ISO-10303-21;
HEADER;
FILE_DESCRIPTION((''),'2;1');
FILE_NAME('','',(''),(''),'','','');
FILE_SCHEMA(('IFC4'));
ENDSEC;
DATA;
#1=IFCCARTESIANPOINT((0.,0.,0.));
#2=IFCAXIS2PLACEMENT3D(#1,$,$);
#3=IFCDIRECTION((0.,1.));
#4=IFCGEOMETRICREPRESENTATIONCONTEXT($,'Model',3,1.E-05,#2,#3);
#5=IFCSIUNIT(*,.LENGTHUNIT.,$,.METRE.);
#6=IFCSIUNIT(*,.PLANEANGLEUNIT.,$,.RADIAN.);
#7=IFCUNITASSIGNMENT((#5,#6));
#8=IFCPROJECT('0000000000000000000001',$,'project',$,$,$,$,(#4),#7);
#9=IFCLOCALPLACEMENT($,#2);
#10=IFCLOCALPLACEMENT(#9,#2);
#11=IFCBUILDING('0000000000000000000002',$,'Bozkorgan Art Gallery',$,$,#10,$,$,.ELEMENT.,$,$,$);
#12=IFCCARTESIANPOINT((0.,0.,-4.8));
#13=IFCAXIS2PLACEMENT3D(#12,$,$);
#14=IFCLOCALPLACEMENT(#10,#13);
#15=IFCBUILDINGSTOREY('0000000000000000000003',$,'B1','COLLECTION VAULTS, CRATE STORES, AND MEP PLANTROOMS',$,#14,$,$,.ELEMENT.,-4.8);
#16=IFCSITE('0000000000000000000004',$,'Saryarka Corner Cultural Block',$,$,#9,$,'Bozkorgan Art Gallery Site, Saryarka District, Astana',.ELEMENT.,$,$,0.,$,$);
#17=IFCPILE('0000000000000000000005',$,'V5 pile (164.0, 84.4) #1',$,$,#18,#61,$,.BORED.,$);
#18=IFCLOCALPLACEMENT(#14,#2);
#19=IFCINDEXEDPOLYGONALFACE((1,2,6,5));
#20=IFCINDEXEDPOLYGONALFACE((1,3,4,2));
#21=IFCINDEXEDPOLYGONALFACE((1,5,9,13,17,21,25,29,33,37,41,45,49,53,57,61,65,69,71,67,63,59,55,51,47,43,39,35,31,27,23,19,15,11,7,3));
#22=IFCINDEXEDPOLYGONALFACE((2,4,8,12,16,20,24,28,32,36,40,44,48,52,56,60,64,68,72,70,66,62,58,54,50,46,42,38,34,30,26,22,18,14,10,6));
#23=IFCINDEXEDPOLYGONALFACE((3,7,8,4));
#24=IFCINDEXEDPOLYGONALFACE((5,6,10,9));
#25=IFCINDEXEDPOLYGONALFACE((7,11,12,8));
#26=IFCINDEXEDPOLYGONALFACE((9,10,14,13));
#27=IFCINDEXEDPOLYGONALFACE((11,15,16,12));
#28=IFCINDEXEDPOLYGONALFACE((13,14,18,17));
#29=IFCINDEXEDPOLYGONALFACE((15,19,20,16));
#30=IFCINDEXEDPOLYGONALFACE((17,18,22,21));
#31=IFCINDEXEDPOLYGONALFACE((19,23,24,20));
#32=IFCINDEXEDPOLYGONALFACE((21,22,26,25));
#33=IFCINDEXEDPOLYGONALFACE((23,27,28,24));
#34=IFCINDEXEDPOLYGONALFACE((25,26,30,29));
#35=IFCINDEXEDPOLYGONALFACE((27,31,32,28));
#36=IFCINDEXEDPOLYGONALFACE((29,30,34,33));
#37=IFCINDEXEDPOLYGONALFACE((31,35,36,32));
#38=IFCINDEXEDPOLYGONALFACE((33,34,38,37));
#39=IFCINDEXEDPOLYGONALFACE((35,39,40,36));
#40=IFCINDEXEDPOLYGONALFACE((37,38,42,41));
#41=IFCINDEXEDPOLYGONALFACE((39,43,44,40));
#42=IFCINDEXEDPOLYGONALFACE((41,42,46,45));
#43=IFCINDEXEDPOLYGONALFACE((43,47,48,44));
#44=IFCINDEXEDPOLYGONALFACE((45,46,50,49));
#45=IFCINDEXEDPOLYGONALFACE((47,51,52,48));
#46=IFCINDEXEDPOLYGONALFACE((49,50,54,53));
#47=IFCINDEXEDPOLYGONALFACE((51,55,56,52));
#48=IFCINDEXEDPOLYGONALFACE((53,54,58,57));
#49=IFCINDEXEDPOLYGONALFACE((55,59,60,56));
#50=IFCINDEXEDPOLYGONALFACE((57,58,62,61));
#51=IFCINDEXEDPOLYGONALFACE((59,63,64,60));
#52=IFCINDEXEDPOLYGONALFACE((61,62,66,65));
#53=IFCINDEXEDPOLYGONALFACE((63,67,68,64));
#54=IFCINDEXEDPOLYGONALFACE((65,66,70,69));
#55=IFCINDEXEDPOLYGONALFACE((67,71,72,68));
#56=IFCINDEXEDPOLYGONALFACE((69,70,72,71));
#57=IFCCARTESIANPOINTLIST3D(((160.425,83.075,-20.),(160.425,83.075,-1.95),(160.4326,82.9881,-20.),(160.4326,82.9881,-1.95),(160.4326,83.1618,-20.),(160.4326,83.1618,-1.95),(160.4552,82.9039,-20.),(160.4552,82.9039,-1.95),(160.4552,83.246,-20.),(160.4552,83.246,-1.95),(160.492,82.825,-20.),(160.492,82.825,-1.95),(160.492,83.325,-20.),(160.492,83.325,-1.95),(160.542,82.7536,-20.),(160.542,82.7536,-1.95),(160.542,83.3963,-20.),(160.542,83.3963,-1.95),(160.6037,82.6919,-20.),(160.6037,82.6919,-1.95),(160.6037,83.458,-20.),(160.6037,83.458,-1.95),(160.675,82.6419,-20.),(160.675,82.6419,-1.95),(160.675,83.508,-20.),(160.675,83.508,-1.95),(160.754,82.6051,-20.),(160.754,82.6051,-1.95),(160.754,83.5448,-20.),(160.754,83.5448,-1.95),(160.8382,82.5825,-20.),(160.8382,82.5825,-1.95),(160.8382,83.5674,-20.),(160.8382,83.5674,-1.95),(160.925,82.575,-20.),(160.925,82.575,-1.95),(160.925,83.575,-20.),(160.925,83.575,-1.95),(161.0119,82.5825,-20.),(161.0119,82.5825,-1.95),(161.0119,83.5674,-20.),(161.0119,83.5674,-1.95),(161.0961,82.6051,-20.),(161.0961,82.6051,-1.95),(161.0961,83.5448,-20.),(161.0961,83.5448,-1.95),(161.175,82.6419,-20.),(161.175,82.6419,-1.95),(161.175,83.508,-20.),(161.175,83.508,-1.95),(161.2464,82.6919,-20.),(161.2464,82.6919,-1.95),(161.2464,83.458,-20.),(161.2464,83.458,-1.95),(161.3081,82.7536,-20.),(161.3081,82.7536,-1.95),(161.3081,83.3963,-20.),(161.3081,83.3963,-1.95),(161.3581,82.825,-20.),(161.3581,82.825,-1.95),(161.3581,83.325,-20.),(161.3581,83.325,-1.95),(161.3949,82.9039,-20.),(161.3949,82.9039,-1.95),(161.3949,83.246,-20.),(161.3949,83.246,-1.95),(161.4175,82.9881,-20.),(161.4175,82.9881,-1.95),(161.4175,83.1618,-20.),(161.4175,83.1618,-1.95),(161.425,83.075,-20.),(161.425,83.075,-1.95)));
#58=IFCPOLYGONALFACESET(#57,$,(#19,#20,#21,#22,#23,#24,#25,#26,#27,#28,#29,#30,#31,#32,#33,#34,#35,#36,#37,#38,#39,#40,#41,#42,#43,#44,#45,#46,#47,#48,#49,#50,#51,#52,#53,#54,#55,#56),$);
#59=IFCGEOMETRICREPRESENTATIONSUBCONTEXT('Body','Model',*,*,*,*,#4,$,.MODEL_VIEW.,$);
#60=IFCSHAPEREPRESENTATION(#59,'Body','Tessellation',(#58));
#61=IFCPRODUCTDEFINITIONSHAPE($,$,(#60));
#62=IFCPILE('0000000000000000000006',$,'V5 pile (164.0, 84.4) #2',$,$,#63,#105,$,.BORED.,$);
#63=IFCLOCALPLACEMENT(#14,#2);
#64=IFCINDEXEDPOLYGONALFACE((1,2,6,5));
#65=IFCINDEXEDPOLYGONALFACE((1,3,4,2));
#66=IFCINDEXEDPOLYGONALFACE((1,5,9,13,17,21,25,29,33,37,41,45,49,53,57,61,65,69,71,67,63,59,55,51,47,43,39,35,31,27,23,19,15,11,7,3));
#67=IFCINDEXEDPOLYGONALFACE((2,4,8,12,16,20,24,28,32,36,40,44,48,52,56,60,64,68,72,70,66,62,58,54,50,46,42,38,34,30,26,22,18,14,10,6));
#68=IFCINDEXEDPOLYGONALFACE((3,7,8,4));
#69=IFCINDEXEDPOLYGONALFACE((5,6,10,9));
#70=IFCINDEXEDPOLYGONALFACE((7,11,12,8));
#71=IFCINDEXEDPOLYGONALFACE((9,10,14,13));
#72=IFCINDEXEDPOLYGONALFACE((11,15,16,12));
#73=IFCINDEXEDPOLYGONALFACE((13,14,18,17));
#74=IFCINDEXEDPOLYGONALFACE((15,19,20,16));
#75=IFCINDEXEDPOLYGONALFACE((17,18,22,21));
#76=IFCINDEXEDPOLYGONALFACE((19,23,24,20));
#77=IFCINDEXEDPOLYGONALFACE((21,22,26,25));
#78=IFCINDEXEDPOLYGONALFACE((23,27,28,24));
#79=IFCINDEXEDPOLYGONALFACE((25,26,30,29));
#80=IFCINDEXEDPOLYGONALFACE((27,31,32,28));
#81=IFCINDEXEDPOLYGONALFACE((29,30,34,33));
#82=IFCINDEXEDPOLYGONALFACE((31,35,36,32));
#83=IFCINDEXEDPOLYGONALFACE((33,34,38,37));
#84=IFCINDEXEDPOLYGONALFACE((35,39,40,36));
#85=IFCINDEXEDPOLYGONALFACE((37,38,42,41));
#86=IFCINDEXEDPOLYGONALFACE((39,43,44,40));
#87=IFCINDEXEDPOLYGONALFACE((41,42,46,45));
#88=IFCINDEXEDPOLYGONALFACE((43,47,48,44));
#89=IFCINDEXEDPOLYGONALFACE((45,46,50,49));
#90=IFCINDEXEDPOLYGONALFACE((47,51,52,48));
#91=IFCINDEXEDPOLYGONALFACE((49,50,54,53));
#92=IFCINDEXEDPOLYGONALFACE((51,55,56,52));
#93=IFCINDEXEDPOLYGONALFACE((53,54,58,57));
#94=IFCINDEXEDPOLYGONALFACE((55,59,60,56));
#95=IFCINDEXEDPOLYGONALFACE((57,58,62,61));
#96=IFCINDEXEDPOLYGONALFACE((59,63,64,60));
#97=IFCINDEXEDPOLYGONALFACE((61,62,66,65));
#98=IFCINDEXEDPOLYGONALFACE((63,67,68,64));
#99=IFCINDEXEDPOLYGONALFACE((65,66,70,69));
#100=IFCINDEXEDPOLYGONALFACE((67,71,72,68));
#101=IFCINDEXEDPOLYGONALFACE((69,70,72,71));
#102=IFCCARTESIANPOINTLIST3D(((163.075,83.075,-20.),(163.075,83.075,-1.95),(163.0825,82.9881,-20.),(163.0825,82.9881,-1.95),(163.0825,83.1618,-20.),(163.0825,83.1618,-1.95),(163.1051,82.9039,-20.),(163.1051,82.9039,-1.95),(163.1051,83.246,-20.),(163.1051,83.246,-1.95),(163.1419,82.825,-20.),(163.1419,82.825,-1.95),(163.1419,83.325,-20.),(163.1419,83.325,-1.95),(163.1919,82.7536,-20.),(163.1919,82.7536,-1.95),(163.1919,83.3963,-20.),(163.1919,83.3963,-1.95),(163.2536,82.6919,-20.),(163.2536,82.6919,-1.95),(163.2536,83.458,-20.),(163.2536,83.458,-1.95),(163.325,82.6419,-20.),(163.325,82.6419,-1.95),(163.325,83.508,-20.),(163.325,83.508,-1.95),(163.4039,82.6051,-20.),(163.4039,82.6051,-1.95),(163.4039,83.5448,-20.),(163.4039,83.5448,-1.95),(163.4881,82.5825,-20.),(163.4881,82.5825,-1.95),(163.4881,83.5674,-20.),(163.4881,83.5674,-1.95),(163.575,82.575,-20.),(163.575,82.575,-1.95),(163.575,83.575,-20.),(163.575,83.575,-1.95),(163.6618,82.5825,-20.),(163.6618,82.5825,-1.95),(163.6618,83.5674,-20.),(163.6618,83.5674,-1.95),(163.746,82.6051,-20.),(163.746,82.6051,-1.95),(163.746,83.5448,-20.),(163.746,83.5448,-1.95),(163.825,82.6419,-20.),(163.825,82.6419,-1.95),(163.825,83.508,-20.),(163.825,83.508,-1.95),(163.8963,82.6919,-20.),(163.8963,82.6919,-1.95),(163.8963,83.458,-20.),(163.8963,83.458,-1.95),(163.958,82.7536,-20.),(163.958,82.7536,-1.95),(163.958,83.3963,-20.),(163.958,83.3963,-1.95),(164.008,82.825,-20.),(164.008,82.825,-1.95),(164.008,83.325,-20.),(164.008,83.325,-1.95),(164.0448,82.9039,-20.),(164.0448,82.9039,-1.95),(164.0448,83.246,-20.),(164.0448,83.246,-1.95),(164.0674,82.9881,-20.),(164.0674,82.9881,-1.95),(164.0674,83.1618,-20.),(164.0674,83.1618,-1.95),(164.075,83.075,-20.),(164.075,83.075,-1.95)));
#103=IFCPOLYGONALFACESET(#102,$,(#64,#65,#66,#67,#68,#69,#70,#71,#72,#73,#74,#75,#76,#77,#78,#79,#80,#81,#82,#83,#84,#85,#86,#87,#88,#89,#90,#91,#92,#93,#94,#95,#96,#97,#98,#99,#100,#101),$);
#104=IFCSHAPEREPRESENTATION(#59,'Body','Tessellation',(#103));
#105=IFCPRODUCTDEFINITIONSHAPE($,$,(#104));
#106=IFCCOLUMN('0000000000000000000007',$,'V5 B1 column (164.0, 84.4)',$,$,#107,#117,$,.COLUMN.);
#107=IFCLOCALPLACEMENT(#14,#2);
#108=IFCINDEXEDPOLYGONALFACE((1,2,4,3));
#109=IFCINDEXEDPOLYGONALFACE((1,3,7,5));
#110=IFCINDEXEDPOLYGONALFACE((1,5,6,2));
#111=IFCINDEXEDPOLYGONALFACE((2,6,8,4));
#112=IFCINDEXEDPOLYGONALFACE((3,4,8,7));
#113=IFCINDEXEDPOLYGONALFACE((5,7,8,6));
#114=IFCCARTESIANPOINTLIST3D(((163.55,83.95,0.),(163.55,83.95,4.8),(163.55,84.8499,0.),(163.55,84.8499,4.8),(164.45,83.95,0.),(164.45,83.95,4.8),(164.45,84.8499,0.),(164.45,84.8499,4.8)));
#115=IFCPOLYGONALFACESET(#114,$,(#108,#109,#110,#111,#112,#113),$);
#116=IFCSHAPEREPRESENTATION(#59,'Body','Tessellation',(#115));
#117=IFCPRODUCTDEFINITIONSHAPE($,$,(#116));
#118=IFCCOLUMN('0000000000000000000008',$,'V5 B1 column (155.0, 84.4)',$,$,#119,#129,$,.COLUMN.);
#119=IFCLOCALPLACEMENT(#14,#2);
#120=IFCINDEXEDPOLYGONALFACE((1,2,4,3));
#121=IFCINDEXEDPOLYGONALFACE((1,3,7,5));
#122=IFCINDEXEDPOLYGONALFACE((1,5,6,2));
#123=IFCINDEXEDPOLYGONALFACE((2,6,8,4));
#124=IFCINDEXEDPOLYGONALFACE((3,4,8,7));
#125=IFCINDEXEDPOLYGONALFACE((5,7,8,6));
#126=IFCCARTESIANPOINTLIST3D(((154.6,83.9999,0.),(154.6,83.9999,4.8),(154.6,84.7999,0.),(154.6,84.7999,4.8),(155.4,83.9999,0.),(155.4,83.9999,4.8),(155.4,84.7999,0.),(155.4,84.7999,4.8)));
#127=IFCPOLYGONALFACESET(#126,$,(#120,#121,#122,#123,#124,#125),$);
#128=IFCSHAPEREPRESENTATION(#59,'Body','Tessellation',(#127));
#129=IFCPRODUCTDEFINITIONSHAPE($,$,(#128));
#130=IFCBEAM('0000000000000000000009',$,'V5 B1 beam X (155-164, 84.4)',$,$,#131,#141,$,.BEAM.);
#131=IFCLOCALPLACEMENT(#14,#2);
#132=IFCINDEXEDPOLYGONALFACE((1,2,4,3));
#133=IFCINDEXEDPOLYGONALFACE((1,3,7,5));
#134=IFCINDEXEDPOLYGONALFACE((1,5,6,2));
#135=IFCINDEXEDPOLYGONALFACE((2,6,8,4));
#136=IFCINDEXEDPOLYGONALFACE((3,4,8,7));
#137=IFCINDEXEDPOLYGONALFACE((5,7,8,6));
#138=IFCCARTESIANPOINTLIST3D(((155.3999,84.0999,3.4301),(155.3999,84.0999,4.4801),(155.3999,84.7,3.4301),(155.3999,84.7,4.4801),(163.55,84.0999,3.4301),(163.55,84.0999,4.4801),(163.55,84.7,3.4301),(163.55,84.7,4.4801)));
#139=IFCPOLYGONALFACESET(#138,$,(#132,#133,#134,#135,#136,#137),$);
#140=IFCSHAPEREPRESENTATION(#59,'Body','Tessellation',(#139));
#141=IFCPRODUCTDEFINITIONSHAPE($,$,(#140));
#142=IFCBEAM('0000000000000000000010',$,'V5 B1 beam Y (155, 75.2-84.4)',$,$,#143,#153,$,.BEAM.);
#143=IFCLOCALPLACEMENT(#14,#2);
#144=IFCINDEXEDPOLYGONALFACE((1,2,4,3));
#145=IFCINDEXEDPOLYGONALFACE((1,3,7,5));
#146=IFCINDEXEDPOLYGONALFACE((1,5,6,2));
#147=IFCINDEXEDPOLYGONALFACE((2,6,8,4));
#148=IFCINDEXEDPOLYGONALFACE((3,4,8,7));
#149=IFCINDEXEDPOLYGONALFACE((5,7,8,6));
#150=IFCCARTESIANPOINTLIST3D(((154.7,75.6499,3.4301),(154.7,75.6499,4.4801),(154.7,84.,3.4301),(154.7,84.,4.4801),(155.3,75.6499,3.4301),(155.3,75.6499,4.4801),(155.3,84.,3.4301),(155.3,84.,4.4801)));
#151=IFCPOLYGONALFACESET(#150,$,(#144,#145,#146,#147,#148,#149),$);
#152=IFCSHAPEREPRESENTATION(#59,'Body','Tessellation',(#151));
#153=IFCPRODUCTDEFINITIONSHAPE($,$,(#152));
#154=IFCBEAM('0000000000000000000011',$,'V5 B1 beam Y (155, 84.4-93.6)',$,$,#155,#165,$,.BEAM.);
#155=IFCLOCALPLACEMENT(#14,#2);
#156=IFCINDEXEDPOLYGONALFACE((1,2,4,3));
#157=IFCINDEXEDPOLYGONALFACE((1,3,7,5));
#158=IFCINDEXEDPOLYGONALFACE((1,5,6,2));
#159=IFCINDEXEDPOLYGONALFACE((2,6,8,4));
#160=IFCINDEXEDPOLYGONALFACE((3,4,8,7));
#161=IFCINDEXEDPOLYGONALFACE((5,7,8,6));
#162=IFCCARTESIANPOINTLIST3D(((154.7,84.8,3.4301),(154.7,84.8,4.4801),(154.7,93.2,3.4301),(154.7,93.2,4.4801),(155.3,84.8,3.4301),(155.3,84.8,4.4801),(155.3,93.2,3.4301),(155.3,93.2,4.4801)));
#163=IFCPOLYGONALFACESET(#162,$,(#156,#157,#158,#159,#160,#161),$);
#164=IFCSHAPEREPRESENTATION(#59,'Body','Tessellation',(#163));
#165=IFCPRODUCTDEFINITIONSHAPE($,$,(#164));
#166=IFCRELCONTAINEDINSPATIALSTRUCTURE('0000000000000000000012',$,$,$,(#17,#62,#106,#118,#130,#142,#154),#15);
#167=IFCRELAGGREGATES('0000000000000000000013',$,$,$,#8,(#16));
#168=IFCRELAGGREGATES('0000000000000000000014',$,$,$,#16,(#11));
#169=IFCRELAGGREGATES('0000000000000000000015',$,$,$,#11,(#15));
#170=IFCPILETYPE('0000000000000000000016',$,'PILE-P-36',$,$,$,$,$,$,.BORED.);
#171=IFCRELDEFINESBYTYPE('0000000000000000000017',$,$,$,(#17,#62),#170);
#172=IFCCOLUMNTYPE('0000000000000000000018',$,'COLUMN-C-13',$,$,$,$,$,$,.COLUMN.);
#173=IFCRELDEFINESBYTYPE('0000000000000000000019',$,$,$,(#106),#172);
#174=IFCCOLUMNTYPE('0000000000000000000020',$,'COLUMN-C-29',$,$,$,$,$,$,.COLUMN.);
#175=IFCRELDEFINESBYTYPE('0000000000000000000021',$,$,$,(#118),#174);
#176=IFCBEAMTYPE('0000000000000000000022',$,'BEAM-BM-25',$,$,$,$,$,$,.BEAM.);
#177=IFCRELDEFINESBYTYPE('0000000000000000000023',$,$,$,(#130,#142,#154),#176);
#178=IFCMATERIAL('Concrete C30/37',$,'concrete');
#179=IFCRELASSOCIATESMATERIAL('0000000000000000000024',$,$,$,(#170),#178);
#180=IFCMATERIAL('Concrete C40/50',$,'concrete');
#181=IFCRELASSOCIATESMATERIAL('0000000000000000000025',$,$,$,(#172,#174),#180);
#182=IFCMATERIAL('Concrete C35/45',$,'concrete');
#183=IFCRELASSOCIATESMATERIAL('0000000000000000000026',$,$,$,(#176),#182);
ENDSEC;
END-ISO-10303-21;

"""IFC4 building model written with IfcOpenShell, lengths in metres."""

from ifc_helpers import new_model, si_unit, direction, frame, origin, origin_2d, place, context, subcontext, project, spatial, rectangle, circle, extrude, material, material_profile, profile_set, type_object, element, save


model = new_model("IFC4")

# Units and contexts
model_context = context("Model", 3, precision=1e-05, world=origin(), true_north=direction((0.0, 1.0)))
body_context = subcontext(model_context, "Body", "Model", "MODEL_VIEW")
ifc_project = project(units=[si_unit("LENGTHUNIT", "METRE"), si_unit("PLANEANGLEUNIT", "RADIAN")], contexts=[model_context])

# Site, building, storey
site_placement = place(None, origin())
site = spatial("IfcSite", under=ifc_project, at=site_placement, Name="Saryarka Corner Cultural Block", LongName="Bozkorgan Art Gallery Site, Saryarka District, Astana", CompositionType="ELEMENT", RefElevation=0.0)
building_placement = place(site_placement, origin())
building = spatial("IfcBuilding", under=site, at=building_placement, Name="Bozkorgan Art Gallery", CompositionType="ELEMENT")
storey_placement = place(building_placement, frame((0.0, 0.0, -4.8)))
storey = spatial("IfcBuildingStorey", under=building, at=storey_placement, Name="B1", Description="COLLECTION VAULTS, CRATE STORES, AND MEP PLANTROOMS", CompositionType="ELEMENT", Elevation=-4.8)

# Shared definitions
ifc_material_1 = material(Name="Concrete C30/37", Category="concrete")

# Piles
ifc_material_profile_1 = material_profile(ifc_material_1, circle(Radius=0.5, at=origin_2d()), Name="PILE D1000")
ifc_profile_set_1 = profile_set([ifc_material_profile_1], Name="Concrete C30/37")
pile_type = type_object("IfcPileType", Name="PILE-P-36", PredefinedType="BORED", material=ifc_profile_set_1)
for number, where, z_axis, x_axis, name in (
    (1, (160.925, 83.075, -1.95), (0.0, 0.0, -1.0), (1.0, 0.0, 0.0), "V5 pile (164.0, 84.4) #1"),
    (2, (163.575, 83.075, -1.95), (0.0, 0.0, -1.0), (1.0, 0.0, 0.0), "V5 pile (164.0, 84.4) #2"),
):
    element("IfcPile", number, at=place(storey_placement, frame(where, z_axis=z_axis, x_axis=x_axis)), inside=storey, type_object=pile_type, Name=name, PredefinedType="BORED", context=body_context, shape_type="SweptSolid", body=[
        extrude(circle(Radius=0.5, at=origin_2d()), origin(), (0.0, 0.0, 1.0), 18.05),
    ])

# Columns
ifc_material_2 = material(Name="Concrete C40/50", Category="concrete")
ifc_material_profile_2 = material_profile(ifc_material_2, rectangle(XDim=0.8999, YDim=0.8999, at=origin_2d()), Name="RC 900x900")
ifc_profile_set_2 = profile_set([ifc_material_profile_2], Name="Concrete C40/50")
column_type_1 = type_object("IfcColumnType", Name="COLUMN-C-13", PredefinedType="COLUMN", material=ifc_profile_set_2)
column_1_placement = place(storey_placement, frame((164.0, 84.3999, 0.0), z_axis=(0.0, 0.0, 1.0), x_axis=(1.0, 0.0, 0.0)))
element("IfcColumn", 3, at=column_1_placement, inside=storey, type_object=column_type_1, Name="V5 B1 column (164.0, 84.4)", PredefinedType="COLUMN", context=body_context, shape_type="SweptSolid", body=[
    extrude(rectangle(XDim=0.8999, YDim=0.8999, at=origin_2d()), origin(), (0.0, 0.0, 1.0), 4.8),
])
ifc_material_profile_3 = material_profile(ifc_material_2, rectangle(XDim=0.8, YDim=0.8, at=origin_2d()), Name="RC 800x800")
ifc_profile_set_3 = profile_set([ifc_material_profile_3], Name="Concrete C40/50")
column_type_2 = type_object("IfcColumnType", Name="COLUMN-C-29", PredefinedType="COLUMN", material=ifc_profile_set_3)
column_2_placement = place(storey_placement, frame((155.0, 84.3999, 0.0), z_axis=(0.0, 0.0, 1.0), x_axis=(1.0, 0.0, 0.0)))
element("IfcColumn", 4, at=column_2_placement, inside=storey, type_object=column_type_2, Name="V5 B1 column (155.0, 84.4)", PredefinedType="COLUMN", context=body_context, shape_type="SweptSolid", body=[
    extrude(rectangle(XDim=0.8, YDim=0.8, at=origin_2d()), origin(), (0.0, 0.0, 1.0), 4.8),
])

# Beams
ifc_material_3 = material(Name="Concrete C35/45", Category="concrete")
ifc_material_profile_4 = material_profile(ifc_material_3, rectangle(XDim=0.6001, YDim=1.05, at=origin_2d()), Name="RC 600x1050")
ifc_profile_set_4 = profile_set([ifc_material_profile_4], Name="Concrete C35/45")
beam_type_1 = type_object("IfcBeamType", Name="BEAM-BM-25", PredefinedType="BEAM", material=ifc_profile_set_4)
beam_1_placement = place(storey_placement, frame((155.3999, 84.3999, 3.9551), z_axis=(1.0, 0.0, 0.0), x_axis=(0.0, 1.0, 0.0)))
element("IfcBeam", 5, at=beam_1_placement, inside=storey, type_object=beam_type_1, Name="V5 B1 beam X (155-164, 84.4)", PredefinedType="BEAM", context=body_context, shape_type="SweptSolid", body=[
    extrude(rectangle(XDim=0.6001, YDim=1.05, at=origin_2d()), origin(), (0.0, 0.0, 1.0), 8.1501),
])
beam_2_placement = place(storey_placement, frame((155.0, 75.6499, 3.9551), z_axis=(0.0, 1.0, 0.0), x_axis=(-1.0, 0.0, 0.0)))
element("IfcBeam", 6, at=beam_2_placement, inside=storey, type_object=beam_type_1, Name="V5 B1 beam Y (155, 75.2-84.4)", PredefinedType="BEAM", context=body_context, shape_type="SweptSolid", body=[
    extrude(rectangle(XDim=0.6001, YDim=1.05, at=origin_2d()), origin(), (0.0, 0.0, 1.0), 8.3501),
])
beam_3_placement = place(storey_placement, frame((155.0, 84.8, 3.9551), z_axis=(0.0, 1.0, 0.0), x_axis=(-1.0, 0.0, 0.0)))
element("IfcBeam", 7, at=beam_3_placement, inside=storey, type_object=beam_type_1, Name="V5 B1 beam Y (155, 84.4-93.6)", PredefinedType="BEAM", context=body_context, shape_type="SweptSolid", body=[
    extrude(rectangle(XDim=0.6001, YDim=1.05, at=origin_2d()), origin(), (0.0, 0.0, 1.0), 8.3999),
])

save(model, "model.ifc")
